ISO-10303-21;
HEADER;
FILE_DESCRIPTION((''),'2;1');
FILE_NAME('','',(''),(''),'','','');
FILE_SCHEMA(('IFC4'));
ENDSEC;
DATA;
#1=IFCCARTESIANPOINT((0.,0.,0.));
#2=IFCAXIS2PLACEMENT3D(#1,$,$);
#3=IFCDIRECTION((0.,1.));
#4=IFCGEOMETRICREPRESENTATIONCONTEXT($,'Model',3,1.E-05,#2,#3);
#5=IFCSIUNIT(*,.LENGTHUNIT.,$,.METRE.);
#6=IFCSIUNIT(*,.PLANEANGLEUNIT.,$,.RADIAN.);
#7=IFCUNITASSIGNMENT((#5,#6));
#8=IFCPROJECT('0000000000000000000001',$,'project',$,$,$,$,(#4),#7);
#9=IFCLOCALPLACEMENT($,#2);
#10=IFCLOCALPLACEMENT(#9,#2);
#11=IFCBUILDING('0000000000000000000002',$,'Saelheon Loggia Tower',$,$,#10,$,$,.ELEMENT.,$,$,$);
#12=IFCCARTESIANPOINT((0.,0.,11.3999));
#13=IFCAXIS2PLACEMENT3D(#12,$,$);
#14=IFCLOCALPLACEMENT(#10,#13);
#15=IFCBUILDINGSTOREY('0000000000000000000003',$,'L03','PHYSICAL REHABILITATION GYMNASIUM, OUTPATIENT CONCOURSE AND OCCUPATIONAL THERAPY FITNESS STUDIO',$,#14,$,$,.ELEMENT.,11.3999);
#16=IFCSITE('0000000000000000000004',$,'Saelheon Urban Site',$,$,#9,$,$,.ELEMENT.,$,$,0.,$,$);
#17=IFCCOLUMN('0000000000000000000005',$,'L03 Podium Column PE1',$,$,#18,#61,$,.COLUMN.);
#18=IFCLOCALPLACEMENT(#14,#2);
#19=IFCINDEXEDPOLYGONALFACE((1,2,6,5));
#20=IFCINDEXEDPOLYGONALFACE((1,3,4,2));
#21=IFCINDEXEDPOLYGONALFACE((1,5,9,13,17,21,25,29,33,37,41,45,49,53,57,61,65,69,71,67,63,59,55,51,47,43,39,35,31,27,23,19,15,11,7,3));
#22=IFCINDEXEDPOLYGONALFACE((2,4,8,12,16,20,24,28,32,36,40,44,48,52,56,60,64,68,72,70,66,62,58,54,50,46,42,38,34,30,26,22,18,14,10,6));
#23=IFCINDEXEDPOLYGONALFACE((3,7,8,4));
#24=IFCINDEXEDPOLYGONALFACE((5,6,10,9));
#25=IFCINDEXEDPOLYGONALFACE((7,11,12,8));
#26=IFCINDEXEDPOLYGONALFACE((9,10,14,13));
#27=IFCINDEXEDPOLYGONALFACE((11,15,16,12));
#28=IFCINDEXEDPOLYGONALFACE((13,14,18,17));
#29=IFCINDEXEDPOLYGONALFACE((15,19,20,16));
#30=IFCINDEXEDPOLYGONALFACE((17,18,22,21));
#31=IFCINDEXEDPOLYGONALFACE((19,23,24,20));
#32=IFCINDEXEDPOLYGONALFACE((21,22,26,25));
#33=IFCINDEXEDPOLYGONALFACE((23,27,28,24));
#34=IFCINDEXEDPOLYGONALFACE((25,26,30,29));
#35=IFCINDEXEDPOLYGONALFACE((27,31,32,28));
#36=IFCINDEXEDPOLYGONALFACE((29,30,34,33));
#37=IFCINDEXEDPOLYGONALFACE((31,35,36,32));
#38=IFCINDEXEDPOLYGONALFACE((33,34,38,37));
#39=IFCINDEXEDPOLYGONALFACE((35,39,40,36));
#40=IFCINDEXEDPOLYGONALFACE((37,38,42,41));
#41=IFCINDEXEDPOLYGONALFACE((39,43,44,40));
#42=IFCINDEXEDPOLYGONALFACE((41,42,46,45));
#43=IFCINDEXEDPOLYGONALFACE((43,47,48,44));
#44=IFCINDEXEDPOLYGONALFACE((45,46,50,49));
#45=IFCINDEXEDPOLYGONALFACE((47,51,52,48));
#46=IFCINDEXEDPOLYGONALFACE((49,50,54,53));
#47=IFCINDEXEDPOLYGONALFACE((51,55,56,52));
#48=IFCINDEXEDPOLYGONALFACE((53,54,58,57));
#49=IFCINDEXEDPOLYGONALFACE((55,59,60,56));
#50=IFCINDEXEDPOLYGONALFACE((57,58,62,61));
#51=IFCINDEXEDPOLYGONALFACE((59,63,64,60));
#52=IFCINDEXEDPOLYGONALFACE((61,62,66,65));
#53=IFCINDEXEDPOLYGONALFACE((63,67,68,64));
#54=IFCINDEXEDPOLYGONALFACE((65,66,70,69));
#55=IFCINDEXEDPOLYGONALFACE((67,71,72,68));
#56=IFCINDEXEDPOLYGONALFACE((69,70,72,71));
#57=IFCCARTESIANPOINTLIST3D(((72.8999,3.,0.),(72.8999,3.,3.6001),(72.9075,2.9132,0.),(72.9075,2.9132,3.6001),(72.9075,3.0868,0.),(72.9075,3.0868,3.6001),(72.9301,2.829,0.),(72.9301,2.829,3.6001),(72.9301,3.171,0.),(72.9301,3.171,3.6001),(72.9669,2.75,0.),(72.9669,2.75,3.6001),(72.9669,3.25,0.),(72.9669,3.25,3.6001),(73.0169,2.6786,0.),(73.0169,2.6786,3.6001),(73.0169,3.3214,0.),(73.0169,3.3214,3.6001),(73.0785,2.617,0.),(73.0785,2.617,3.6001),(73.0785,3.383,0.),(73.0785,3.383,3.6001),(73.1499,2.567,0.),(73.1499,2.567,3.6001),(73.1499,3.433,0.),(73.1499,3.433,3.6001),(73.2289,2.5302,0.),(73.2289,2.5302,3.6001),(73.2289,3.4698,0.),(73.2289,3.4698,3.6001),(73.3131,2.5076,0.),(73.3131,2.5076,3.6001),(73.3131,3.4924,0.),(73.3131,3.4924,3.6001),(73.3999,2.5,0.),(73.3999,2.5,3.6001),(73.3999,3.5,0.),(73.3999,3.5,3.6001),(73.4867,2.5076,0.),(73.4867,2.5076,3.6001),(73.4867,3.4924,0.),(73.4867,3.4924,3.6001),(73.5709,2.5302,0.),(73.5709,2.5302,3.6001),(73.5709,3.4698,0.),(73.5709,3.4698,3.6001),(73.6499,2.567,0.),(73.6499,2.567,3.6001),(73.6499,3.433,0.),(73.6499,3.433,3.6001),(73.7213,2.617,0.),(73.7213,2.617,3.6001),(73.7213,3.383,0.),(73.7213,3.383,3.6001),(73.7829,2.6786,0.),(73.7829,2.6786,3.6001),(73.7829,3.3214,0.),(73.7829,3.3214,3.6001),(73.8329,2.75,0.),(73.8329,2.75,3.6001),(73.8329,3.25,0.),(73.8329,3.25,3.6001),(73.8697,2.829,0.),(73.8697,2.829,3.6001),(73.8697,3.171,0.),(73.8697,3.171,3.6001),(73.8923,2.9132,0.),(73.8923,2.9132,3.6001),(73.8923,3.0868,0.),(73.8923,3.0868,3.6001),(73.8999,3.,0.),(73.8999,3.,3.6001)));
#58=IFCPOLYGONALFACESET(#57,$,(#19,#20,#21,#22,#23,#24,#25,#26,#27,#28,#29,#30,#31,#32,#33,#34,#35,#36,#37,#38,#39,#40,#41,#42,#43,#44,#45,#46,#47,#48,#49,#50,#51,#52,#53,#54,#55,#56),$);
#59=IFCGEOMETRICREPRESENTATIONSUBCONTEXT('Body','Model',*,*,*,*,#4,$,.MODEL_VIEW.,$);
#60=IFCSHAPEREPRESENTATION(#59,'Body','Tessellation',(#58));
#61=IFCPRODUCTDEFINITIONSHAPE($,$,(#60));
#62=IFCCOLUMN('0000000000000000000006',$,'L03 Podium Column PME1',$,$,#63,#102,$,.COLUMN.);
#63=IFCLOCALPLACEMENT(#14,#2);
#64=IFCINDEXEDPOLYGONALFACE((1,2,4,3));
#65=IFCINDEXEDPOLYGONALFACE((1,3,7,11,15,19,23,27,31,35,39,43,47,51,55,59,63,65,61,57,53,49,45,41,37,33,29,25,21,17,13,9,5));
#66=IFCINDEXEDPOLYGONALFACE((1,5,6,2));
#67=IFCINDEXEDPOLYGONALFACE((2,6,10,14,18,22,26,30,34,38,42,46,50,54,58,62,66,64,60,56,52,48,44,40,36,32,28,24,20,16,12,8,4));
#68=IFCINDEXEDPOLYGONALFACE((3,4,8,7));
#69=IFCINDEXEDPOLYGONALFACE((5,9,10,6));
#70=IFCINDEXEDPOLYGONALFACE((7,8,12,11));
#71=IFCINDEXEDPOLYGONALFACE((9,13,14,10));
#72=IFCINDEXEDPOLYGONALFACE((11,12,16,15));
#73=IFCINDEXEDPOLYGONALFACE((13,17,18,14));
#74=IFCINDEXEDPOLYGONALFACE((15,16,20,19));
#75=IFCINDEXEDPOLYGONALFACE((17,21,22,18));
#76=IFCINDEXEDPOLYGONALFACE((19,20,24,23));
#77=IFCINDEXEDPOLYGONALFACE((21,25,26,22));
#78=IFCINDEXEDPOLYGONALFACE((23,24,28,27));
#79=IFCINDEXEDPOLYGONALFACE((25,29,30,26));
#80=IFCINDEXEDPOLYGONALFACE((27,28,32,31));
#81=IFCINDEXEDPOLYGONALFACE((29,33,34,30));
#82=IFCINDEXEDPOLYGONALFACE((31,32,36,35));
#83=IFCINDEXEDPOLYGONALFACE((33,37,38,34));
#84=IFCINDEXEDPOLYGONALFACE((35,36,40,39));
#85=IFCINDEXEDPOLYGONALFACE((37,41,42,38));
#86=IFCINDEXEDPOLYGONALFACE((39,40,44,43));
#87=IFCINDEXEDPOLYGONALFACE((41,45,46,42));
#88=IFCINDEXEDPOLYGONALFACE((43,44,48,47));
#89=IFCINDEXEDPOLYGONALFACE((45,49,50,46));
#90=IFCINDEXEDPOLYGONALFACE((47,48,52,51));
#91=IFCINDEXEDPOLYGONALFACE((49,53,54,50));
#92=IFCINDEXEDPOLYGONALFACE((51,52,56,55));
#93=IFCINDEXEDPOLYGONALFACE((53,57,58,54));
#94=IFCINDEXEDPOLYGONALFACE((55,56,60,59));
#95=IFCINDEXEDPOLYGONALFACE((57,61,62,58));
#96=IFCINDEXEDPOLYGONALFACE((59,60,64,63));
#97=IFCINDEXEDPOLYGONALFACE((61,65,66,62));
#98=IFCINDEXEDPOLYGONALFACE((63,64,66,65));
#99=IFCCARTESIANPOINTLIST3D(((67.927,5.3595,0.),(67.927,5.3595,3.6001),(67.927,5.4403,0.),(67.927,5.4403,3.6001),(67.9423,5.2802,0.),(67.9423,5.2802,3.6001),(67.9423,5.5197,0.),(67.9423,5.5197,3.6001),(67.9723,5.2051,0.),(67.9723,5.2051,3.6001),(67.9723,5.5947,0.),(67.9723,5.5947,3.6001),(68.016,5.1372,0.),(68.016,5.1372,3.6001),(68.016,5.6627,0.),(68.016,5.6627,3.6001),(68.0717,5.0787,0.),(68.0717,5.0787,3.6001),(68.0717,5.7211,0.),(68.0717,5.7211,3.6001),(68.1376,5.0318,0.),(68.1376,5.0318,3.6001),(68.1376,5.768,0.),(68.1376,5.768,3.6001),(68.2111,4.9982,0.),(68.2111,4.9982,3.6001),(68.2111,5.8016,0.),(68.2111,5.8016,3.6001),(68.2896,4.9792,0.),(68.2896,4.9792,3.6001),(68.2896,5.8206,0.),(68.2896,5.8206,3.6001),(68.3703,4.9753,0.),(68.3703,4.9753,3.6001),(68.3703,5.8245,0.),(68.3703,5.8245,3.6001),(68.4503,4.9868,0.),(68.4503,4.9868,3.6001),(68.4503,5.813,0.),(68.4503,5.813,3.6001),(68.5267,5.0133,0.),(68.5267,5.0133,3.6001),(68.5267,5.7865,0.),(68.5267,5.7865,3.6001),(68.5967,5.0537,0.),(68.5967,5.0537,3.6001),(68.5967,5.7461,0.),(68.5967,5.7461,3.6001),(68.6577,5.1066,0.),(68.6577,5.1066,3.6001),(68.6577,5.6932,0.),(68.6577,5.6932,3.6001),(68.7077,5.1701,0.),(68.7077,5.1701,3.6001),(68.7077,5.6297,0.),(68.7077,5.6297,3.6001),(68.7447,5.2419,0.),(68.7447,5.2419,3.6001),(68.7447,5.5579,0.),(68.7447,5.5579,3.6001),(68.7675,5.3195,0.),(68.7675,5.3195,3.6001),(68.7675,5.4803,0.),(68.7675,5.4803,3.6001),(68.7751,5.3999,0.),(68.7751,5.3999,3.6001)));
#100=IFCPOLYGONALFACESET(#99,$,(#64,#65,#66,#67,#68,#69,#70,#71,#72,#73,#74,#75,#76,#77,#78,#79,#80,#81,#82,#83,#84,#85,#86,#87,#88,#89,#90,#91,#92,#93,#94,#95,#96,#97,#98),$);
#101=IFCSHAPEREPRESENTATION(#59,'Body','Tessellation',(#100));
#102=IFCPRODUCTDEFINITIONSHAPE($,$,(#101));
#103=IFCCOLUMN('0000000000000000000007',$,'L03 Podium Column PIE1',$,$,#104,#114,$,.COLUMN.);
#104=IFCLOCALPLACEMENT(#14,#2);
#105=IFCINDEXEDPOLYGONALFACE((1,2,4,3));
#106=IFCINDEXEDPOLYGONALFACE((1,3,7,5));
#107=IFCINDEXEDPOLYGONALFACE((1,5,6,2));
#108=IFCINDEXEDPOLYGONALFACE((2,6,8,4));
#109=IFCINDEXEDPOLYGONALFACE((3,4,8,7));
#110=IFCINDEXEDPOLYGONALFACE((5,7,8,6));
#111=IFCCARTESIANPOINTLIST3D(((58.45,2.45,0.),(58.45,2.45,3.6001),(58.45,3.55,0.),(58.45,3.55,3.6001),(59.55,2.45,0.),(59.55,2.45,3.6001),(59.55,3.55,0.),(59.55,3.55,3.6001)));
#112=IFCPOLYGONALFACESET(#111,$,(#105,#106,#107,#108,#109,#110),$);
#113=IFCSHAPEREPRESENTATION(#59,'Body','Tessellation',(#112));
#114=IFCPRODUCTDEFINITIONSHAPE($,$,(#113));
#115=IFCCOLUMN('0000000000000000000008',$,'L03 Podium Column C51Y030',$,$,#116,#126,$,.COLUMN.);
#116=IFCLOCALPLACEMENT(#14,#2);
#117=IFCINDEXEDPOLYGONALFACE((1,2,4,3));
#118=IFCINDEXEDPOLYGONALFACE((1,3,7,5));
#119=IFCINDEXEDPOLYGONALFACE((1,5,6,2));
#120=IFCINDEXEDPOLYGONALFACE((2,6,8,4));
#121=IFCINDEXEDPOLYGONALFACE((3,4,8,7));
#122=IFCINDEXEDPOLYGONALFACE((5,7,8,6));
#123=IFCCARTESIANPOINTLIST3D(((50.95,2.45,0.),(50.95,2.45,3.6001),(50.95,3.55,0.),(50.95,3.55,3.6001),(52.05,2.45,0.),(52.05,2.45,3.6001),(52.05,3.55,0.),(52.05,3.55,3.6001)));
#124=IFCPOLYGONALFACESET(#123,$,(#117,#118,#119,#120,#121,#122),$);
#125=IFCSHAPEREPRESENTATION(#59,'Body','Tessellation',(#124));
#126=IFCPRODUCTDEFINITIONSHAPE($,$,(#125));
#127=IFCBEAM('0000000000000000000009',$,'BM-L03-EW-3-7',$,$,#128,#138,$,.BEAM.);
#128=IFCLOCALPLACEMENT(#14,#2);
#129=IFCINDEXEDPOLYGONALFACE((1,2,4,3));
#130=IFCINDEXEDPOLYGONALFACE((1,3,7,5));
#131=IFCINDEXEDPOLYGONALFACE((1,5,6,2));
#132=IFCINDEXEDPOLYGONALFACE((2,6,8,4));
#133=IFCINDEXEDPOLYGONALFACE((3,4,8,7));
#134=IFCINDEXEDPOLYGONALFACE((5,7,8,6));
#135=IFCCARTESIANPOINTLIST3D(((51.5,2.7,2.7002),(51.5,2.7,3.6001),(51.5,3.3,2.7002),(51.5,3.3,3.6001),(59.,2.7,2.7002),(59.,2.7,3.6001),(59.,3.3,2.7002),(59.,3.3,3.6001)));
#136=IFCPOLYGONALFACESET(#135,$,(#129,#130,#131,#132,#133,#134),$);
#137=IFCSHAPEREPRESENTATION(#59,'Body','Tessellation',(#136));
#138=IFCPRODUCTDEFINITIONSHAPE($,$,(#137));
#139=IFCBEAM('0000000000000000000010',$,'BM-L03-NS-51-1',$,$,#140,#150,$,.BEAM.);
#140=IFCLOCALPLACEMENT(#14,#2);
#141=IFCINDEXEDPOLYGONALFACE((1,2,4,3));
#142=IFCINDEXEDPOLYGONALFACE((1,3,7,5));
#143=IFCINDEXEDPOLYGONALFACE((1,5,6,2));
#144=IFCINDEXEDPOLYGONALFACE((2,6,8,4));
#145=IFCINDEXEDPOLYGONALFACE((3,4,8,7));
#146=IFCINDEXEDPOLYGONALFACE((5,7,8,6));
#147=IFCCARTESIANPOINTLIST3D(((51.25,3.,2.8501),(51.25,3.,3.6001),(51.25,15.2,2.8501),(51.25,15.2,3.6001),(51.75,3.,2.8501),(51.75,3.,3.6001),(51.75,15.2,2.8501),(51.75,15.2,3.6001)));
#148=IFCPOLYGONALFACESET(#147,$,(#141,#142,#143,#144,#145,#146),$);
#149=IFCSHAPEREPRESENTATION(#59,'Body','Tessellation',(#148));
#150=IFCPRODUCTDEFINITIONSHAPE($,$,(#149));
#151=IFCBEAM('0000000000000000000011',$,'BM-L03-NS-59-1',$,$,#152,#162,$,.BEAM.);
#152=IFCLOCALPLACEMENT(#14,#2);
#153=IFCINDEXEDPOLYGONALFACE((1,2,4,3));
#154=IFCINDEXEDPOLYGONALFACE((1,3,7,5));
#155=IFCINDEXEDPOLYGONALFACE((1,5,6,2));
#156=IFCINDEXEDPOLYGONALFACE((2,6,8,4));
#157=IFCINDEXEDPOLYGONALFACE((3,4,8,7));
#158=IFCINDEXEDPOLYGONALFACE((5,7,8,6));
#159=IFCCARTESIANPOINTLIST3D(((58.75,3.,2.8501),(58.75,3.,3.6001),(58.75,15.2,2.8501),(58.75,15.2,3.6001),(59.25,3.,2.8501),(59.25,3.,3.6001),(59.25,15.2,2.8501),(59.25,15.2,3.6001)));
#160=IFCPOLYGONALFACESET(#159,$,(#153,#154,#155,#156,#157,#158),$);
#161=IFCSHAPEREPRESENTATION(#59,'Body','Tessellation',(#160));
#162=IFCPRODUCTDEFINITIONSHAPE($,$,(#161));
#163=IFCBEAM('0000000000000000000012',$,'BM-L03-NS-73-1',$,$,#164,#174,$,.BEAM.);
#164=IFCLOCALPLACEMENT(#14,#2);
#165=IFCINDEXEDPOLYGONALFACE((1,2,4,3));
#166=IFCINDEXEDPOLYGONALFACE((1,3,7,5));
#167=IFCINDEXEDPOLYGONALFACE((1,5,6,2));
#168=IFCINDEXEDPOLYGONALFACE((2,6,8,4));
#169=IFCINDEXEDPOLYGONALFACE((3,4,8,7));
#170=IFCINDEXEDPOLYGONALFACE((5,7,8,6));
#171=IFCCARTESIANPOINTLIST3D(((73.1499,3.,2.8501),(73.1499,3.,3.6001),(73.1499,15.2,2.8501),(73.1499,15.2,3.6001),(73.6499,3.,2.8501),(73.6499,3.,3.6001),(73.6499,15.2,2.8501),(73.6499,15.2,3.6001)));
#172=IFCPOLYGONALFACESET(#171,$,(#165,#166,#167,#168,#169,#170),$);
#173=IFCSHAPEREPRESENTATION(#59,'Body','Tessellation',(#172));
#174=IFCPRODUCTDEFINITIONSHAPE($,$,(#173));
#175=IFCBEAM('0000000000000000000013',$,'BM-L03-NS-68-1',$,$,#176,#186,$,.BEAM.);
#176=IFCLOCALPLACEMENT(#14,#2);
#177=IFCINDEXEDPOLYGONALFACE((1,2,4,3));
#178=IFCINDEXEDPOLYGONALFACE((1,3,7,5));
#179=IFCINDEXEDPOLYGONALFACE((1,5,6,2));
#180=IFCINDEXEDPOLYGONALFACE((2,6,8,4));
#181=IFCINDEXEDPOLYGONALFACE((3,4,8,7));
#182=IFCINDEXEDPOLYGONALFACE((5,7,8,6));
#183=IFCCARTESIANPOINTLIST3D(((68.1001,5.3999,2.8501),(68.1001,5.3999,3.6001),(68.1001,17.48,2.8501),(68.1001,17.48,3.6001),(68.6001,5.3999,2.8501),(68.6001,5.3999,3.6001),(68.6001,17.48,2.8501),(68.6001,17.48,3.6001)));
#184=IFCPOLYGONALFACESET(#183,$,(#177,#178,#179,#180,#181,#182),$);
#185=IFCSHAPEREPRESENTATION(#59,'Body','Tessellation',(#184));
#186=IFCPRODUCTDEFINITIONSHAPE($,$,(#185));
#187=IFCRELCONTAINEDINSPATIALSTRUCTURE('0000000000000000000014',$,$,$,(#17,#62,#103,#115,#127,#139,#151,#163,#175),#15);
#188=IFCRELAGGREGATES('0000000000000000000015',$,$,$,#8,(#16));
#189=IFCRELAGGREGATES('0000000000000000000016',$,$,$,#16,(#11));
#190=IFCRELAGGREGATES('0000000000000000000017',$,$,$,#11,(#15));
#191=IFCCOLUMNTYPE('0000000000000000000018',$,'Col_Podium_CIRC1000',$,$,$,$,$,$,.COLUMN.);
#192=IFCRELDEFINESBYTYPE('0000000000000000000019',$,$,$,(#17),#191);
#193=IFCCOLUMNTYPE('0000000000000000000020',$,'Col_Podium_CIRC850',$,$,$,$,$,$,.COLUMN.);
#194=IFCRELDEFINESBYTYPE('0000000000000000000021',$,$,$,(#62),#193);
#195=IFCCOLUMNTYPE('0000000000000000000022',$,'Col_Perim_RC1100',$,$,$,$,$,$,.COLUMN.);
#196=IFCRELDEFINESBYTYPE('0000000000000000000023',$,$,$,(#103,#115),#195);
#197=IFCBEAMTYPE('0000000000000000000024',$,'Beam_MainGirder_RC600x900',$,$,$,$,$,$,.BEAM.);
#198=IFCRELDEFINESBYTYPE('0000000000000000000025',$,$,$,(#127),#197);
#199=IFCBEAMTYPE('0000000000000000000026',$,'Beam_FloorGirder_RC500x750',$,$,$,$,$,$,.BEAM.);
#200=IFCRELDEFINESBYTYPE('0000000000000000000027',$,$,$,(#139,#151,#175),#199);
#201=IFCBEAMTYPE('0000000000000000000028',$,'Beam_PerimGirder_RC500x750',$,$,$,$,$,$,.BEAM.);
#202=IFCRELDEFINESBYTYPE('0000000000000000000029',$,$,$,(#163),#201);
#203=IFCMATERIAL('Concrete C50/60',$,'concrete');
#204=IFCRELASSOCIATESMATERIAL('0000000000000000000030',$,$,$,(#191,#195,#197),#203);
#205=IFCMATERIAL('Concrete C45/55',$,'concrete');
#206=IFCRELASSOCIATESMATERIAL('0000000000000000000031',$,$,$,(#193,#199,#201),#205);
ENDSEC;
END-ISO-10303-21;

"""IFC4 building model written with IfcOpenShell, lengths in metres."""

from ifc_helpers import new_model, si_unit, direction, frame, origin, origin_2d, place, context, subcontext, project, spatial, rectangle, circle, extrude, source, transform, mapped, material, material_profile, profile_set, type_object, element, save


model = new_model("IFC4")

# Units and contexts
model_context = context("Model", 3, precision=1e-05, world=origin(), true_north=direction((0.0, 1.0)))
body_context = subcontext(model_context, "Body", "Model", "MODEL_VIEW")
ifc_project = project(units=[si_unit("LENGTHUNIT", "METRE"), si_unit("PLANEANGLEUNIT", "RADIAN")], contexts=[model_context])

# Site, building, storey
site_placement = place(None, origin())
site = spatial("IfcSite", under=ifc_project, at=site_placement, Name="Saelheon Urban Site", CompositionType="ELEMENT", RefElevation=0.0)
building_placement = place(site_placement, origin())
building = spatial("IfcBuilding", under=site, at=building_placement, Name="Saelheon Loggia Tower", CompositionType="ELEMENT")
storey_placement = place(building_placement, frame((0.0, 0.0, 11.3999)))
storey = spatial("IfcBuildingStorey", under=building, at=storey_placement, Name="L03", Description="PHYSICAL REHABILITATION GYMNASIUM, OUTPATIENT CONCOURSE AND OCCUPATIONAL THERAPY FITNESS STUDIO", CompositionType="ELEMENT", Elevation=11.3999)

# Columns
ifc_material_1 = material(Name="Concrete C50/60", Category="concrete")
ifc_material_profile_1 = material_profile(ifc_material_1, circle(Radius=0.5, at=origin_2d()), Name="CIRC-1000")
ifc_profile_set_1 = profile_set([ifc_material_profile_1], Name="Concrete C50/60")
column_type_1 = type_object("IfcColumnType", Name="Col_Podium_CIRC1000", PredefinedType="COLUMN", material=ifc_profile_set_1)
shared_shape_1 = source(origin(), body_context, "Body", "SweptSolid", [
    extrude(circle(Radius=0.5, at=origin_2d()), origin(), (0.0, 0.0, 1.0), 3.6001),
])
column_1_placement = place(storey_placement, frame((73.3999, 3.0, 0.0), z_axis=(0.0, 0.0, 1.0), x_axis=(1.0, 0.0, 0.0)))
element("IfcColumn", 1, at=column_1_placement, inside=storey, type_object=column_type_1, Name="L03 Podium Column PE1", PredefinedType="COLUMN", context=body_context, shape_type="MappedRepresentation", body=[
    mapped(shared_shape_1, transform((0.0, 0.0, 0.0), scale=1.0)),
])
ifc_material_2 = material(Name="Concrete C45/55", Category="concrete")
ifc_material_profile_2 = material_profile(ifc_material_2, circle(Radius=0.425, at=origin_2d()), Name="CIRC-850")
ifc_profile_set_2 = profile_set([ifc_material_profile_2], Name="Concrete C45/55")
column_type_2 = type_object("IfcColumnType", Name="Col_Podium_CIRC850", PredefinedType="COLUMN", material=ifc_profile_set_2)
shared_shape_2 = source(origin(), body_context, "Body", "SweptSolid", [
    extrude(circle(Radius=0.425, at=origin_2d()), origin(), (0.0, 0.0, 1.0), 3.6001),
])
column_2_placement = place(storey_placement, frame((68.3501, 5.3999, 0.0), z_axis=(0.0, 0.0, 1.0), x_axis=(1.0, 0.0, 0.0)))
element("IfcColumn", 2, at=column_2_placement, inside=storey, type_object=column_type_2, Name="L03 Podium Column PME1", PredefinedType="COLUMN", context=body_context, shape_type="MappedRepresentation", body=[
    mapped(shared_shape_2, transform((0.0, 0.0, 0.0), scale=1.0)),
])
ifc_material_profile_3 = material_profile(ifc_material_1, rectangle(XDim=1.1001, YDim=1.1001, at=origin_2d()), Name="RC-1100x1100")
ifc_profile_set_3 = profile_set([ifc_material_profile_3], Name="Concrete C50/60")
column_type_3 = type_object("IfcColumnType", Name="Col_Perim_RC1100", PredefinedType="COLUMN", material=ifc_profile_set_3)
shared_shape_3 = source(origin(), body_context, "Body", "SweptSolid", [
    extrude(rectangle(XDim=1.1001, YDim=1.1001, at=origin_2d()), origin(), (0.0, 0.0, 1.0), 3.6001),
])
for number, where, z_axis, x_axis, name in (
    (3, (59.0, 3.0, 0.0), (0.0, 0.0, 1.0), (1.0, 0.0, 0.0), "L03 Podium Column PIE1"),
    (4, (51.5, 3.0, 0.0), (0.0, 0.0, 1.0), (1.0, 0.0, 0.0), "L03 Podium Column C51Y030"),
):
    element("IfcColumn", number, at=place(storey_placement, frame(where, z_axis=z_axis, x_axis=x_axis)), inside=storey, type_object=column_type_3, Name=name, PredefinedType="COLUMN", context=body_context, shape_type="MappedRepresentation", body=[
        mapped(shared_shape_3, transform((0.0, 0.0, 0.0), scale=1.0)),
    ])

# Beams
ifc_material_profile_4 = material_profile(ifc_material_1, rectangle(XDim=0.6001, YDim=0.8999, at=origin_2d()), Name="RC-600x900")
ifc_profile_set_4 = profile_set([ifc_material_profile_4], Name="Concrete C50/60")
beam_type_1 = type_object("IfcBeamType", Name="Beam_MainGirder_RC600x900", PredefinedType="BEAM", material=ifc_profile_set_4)
shared_shape_4 = source(origin(), body_context, "Body", "SweptSolid", [
    extrude(rectangle(XDim=0.6001, YDim=0.8999, at=origin_2d()), origin(), (0.0, 0.0, 1.0), 7.5),
])
beam_1_placement = place(storey_placement, frame((51.5, 3.0, 3.1501), z_axis=(1.0, 0.0, 0.0), x_axis=(0.0, 1.0, 0.0)))
element("IfcBeam", 5, at=beam_1_placement, inside=storey, type_object=beam_type_1, Name="BM-L03-EW-3-7", PredefinedType="BEAM", context=body_context, shape_type="MappedRepresentation", body=[
    mapped(shared_shape_4, transform((0.0, 0.0, 0.0), scale=1.0)),
])
ifc_material_profile_5 = material_profile(ifc_material_2, rectangle(XDim=0.5, YDim=0.75, at=origin_2d()), Name="RC-500x750")
ifc_profile_set_5 = profile_set([ifc_material_profile_5], Name="Concrete C45/55")
beam_type_2 = type_object("IfcBeamType", Name="Beam_FloorGirder_RC500x750", PredefinedType="BEAM", material=ifc_profile_set_5)
shared_shape_5 = source(origin(), body_context, "Body", "SweptSolid", [
    extrude(rectangle(XDim=0.5, YDim=0.75, at=origin_2d()), origin(), (0.0, 0.0, 1.0), 12.2),
])
for number, where, z_axis, x_axis, name in (
    (6, (51.5, 3.0, 3.2251), (0.0, 1.0, 0.0), (-1.0, 0.0, 0.0), "BM-L03-NS-51-1"),
    (7, (59.0, 3.0, 3.2251), (0.0, 1.0, 0.0), (-1.0, 0.0, 0.0), "BM-L03-NS-59-1"),
):
    element("IfcBeam", number, at=place(storey_placement, frame(where, z_axis=z_axis, x_axis=x_axis)), inside=storey, type_object=beam_type_2, Name=name, PredefinedType="BEAM", context=body_context, shape_type="MappedRepresentation", body=[
        mapped(shared_shape_5, transform((0.0, 0.0, 0.0), scale=1.0)),
    ])
ifc_material_profile_6 = material_profile(ifc_material_2, rectangle(XDim=0.5, YDim=0.75, at=origin_2d()), Name="RC-500x750")
ifc_profile_set_6 = profile_set([ifc_material_profile_6], Name="Concrete C45/55")
beam_type_3 = type_object("IfcBeamType", Name="Beam_PerimGirder_RC500x750", PredefinedType="BEAM", material=ifc_profile_set_6)
beam_2_placement = place(storey_placement, frame((73.3999, 3.0, 3.2251), z_axis=(0.0, 1.0, 0.0), x_axis=(-1.0, 0.0, 0.0)))
element("IfcBeam", 8, at=beam_2_placement, inside=storey, type_object=beam_type_3, Name="BM-L03-NS-73-1", PredefinedType="BEAM", context=body_context, shape_type="MappedRepresentation", body=[
    mapped(shared_shape_5, transform((0.0, 0.0, 0.0), scale=1.0)),
])
shared_shape_6 = source(origin(), body_context, "Body", "SweptSolid", [
    extrude(rectangle(XDim=0.5, YDim=0.75, at=origin_2d()), origin(), (0.0, 0.0, 1.0), 12.0801),
])
beam_3_placement = place(storey_placement, frame((68.3501, 5.3999, 3.2251), z_axis=(0.0, 1.0, 0.0), x_axis=(-1.0, 0.0, 0.0)))
element("IfcBeam", 9, at=beam_3_placement, inside=storey, type_object=beam_type_2, Name="BM-L03-NS-68-1", PredefinedType="BEAM", context=body_context, shape_type="MappedRepresentation", body=[
    mapped(shared_shape_6, transform((0.0, 0.0, 0.0), scale=1.0)),
])

save(model, "model.ifc")
